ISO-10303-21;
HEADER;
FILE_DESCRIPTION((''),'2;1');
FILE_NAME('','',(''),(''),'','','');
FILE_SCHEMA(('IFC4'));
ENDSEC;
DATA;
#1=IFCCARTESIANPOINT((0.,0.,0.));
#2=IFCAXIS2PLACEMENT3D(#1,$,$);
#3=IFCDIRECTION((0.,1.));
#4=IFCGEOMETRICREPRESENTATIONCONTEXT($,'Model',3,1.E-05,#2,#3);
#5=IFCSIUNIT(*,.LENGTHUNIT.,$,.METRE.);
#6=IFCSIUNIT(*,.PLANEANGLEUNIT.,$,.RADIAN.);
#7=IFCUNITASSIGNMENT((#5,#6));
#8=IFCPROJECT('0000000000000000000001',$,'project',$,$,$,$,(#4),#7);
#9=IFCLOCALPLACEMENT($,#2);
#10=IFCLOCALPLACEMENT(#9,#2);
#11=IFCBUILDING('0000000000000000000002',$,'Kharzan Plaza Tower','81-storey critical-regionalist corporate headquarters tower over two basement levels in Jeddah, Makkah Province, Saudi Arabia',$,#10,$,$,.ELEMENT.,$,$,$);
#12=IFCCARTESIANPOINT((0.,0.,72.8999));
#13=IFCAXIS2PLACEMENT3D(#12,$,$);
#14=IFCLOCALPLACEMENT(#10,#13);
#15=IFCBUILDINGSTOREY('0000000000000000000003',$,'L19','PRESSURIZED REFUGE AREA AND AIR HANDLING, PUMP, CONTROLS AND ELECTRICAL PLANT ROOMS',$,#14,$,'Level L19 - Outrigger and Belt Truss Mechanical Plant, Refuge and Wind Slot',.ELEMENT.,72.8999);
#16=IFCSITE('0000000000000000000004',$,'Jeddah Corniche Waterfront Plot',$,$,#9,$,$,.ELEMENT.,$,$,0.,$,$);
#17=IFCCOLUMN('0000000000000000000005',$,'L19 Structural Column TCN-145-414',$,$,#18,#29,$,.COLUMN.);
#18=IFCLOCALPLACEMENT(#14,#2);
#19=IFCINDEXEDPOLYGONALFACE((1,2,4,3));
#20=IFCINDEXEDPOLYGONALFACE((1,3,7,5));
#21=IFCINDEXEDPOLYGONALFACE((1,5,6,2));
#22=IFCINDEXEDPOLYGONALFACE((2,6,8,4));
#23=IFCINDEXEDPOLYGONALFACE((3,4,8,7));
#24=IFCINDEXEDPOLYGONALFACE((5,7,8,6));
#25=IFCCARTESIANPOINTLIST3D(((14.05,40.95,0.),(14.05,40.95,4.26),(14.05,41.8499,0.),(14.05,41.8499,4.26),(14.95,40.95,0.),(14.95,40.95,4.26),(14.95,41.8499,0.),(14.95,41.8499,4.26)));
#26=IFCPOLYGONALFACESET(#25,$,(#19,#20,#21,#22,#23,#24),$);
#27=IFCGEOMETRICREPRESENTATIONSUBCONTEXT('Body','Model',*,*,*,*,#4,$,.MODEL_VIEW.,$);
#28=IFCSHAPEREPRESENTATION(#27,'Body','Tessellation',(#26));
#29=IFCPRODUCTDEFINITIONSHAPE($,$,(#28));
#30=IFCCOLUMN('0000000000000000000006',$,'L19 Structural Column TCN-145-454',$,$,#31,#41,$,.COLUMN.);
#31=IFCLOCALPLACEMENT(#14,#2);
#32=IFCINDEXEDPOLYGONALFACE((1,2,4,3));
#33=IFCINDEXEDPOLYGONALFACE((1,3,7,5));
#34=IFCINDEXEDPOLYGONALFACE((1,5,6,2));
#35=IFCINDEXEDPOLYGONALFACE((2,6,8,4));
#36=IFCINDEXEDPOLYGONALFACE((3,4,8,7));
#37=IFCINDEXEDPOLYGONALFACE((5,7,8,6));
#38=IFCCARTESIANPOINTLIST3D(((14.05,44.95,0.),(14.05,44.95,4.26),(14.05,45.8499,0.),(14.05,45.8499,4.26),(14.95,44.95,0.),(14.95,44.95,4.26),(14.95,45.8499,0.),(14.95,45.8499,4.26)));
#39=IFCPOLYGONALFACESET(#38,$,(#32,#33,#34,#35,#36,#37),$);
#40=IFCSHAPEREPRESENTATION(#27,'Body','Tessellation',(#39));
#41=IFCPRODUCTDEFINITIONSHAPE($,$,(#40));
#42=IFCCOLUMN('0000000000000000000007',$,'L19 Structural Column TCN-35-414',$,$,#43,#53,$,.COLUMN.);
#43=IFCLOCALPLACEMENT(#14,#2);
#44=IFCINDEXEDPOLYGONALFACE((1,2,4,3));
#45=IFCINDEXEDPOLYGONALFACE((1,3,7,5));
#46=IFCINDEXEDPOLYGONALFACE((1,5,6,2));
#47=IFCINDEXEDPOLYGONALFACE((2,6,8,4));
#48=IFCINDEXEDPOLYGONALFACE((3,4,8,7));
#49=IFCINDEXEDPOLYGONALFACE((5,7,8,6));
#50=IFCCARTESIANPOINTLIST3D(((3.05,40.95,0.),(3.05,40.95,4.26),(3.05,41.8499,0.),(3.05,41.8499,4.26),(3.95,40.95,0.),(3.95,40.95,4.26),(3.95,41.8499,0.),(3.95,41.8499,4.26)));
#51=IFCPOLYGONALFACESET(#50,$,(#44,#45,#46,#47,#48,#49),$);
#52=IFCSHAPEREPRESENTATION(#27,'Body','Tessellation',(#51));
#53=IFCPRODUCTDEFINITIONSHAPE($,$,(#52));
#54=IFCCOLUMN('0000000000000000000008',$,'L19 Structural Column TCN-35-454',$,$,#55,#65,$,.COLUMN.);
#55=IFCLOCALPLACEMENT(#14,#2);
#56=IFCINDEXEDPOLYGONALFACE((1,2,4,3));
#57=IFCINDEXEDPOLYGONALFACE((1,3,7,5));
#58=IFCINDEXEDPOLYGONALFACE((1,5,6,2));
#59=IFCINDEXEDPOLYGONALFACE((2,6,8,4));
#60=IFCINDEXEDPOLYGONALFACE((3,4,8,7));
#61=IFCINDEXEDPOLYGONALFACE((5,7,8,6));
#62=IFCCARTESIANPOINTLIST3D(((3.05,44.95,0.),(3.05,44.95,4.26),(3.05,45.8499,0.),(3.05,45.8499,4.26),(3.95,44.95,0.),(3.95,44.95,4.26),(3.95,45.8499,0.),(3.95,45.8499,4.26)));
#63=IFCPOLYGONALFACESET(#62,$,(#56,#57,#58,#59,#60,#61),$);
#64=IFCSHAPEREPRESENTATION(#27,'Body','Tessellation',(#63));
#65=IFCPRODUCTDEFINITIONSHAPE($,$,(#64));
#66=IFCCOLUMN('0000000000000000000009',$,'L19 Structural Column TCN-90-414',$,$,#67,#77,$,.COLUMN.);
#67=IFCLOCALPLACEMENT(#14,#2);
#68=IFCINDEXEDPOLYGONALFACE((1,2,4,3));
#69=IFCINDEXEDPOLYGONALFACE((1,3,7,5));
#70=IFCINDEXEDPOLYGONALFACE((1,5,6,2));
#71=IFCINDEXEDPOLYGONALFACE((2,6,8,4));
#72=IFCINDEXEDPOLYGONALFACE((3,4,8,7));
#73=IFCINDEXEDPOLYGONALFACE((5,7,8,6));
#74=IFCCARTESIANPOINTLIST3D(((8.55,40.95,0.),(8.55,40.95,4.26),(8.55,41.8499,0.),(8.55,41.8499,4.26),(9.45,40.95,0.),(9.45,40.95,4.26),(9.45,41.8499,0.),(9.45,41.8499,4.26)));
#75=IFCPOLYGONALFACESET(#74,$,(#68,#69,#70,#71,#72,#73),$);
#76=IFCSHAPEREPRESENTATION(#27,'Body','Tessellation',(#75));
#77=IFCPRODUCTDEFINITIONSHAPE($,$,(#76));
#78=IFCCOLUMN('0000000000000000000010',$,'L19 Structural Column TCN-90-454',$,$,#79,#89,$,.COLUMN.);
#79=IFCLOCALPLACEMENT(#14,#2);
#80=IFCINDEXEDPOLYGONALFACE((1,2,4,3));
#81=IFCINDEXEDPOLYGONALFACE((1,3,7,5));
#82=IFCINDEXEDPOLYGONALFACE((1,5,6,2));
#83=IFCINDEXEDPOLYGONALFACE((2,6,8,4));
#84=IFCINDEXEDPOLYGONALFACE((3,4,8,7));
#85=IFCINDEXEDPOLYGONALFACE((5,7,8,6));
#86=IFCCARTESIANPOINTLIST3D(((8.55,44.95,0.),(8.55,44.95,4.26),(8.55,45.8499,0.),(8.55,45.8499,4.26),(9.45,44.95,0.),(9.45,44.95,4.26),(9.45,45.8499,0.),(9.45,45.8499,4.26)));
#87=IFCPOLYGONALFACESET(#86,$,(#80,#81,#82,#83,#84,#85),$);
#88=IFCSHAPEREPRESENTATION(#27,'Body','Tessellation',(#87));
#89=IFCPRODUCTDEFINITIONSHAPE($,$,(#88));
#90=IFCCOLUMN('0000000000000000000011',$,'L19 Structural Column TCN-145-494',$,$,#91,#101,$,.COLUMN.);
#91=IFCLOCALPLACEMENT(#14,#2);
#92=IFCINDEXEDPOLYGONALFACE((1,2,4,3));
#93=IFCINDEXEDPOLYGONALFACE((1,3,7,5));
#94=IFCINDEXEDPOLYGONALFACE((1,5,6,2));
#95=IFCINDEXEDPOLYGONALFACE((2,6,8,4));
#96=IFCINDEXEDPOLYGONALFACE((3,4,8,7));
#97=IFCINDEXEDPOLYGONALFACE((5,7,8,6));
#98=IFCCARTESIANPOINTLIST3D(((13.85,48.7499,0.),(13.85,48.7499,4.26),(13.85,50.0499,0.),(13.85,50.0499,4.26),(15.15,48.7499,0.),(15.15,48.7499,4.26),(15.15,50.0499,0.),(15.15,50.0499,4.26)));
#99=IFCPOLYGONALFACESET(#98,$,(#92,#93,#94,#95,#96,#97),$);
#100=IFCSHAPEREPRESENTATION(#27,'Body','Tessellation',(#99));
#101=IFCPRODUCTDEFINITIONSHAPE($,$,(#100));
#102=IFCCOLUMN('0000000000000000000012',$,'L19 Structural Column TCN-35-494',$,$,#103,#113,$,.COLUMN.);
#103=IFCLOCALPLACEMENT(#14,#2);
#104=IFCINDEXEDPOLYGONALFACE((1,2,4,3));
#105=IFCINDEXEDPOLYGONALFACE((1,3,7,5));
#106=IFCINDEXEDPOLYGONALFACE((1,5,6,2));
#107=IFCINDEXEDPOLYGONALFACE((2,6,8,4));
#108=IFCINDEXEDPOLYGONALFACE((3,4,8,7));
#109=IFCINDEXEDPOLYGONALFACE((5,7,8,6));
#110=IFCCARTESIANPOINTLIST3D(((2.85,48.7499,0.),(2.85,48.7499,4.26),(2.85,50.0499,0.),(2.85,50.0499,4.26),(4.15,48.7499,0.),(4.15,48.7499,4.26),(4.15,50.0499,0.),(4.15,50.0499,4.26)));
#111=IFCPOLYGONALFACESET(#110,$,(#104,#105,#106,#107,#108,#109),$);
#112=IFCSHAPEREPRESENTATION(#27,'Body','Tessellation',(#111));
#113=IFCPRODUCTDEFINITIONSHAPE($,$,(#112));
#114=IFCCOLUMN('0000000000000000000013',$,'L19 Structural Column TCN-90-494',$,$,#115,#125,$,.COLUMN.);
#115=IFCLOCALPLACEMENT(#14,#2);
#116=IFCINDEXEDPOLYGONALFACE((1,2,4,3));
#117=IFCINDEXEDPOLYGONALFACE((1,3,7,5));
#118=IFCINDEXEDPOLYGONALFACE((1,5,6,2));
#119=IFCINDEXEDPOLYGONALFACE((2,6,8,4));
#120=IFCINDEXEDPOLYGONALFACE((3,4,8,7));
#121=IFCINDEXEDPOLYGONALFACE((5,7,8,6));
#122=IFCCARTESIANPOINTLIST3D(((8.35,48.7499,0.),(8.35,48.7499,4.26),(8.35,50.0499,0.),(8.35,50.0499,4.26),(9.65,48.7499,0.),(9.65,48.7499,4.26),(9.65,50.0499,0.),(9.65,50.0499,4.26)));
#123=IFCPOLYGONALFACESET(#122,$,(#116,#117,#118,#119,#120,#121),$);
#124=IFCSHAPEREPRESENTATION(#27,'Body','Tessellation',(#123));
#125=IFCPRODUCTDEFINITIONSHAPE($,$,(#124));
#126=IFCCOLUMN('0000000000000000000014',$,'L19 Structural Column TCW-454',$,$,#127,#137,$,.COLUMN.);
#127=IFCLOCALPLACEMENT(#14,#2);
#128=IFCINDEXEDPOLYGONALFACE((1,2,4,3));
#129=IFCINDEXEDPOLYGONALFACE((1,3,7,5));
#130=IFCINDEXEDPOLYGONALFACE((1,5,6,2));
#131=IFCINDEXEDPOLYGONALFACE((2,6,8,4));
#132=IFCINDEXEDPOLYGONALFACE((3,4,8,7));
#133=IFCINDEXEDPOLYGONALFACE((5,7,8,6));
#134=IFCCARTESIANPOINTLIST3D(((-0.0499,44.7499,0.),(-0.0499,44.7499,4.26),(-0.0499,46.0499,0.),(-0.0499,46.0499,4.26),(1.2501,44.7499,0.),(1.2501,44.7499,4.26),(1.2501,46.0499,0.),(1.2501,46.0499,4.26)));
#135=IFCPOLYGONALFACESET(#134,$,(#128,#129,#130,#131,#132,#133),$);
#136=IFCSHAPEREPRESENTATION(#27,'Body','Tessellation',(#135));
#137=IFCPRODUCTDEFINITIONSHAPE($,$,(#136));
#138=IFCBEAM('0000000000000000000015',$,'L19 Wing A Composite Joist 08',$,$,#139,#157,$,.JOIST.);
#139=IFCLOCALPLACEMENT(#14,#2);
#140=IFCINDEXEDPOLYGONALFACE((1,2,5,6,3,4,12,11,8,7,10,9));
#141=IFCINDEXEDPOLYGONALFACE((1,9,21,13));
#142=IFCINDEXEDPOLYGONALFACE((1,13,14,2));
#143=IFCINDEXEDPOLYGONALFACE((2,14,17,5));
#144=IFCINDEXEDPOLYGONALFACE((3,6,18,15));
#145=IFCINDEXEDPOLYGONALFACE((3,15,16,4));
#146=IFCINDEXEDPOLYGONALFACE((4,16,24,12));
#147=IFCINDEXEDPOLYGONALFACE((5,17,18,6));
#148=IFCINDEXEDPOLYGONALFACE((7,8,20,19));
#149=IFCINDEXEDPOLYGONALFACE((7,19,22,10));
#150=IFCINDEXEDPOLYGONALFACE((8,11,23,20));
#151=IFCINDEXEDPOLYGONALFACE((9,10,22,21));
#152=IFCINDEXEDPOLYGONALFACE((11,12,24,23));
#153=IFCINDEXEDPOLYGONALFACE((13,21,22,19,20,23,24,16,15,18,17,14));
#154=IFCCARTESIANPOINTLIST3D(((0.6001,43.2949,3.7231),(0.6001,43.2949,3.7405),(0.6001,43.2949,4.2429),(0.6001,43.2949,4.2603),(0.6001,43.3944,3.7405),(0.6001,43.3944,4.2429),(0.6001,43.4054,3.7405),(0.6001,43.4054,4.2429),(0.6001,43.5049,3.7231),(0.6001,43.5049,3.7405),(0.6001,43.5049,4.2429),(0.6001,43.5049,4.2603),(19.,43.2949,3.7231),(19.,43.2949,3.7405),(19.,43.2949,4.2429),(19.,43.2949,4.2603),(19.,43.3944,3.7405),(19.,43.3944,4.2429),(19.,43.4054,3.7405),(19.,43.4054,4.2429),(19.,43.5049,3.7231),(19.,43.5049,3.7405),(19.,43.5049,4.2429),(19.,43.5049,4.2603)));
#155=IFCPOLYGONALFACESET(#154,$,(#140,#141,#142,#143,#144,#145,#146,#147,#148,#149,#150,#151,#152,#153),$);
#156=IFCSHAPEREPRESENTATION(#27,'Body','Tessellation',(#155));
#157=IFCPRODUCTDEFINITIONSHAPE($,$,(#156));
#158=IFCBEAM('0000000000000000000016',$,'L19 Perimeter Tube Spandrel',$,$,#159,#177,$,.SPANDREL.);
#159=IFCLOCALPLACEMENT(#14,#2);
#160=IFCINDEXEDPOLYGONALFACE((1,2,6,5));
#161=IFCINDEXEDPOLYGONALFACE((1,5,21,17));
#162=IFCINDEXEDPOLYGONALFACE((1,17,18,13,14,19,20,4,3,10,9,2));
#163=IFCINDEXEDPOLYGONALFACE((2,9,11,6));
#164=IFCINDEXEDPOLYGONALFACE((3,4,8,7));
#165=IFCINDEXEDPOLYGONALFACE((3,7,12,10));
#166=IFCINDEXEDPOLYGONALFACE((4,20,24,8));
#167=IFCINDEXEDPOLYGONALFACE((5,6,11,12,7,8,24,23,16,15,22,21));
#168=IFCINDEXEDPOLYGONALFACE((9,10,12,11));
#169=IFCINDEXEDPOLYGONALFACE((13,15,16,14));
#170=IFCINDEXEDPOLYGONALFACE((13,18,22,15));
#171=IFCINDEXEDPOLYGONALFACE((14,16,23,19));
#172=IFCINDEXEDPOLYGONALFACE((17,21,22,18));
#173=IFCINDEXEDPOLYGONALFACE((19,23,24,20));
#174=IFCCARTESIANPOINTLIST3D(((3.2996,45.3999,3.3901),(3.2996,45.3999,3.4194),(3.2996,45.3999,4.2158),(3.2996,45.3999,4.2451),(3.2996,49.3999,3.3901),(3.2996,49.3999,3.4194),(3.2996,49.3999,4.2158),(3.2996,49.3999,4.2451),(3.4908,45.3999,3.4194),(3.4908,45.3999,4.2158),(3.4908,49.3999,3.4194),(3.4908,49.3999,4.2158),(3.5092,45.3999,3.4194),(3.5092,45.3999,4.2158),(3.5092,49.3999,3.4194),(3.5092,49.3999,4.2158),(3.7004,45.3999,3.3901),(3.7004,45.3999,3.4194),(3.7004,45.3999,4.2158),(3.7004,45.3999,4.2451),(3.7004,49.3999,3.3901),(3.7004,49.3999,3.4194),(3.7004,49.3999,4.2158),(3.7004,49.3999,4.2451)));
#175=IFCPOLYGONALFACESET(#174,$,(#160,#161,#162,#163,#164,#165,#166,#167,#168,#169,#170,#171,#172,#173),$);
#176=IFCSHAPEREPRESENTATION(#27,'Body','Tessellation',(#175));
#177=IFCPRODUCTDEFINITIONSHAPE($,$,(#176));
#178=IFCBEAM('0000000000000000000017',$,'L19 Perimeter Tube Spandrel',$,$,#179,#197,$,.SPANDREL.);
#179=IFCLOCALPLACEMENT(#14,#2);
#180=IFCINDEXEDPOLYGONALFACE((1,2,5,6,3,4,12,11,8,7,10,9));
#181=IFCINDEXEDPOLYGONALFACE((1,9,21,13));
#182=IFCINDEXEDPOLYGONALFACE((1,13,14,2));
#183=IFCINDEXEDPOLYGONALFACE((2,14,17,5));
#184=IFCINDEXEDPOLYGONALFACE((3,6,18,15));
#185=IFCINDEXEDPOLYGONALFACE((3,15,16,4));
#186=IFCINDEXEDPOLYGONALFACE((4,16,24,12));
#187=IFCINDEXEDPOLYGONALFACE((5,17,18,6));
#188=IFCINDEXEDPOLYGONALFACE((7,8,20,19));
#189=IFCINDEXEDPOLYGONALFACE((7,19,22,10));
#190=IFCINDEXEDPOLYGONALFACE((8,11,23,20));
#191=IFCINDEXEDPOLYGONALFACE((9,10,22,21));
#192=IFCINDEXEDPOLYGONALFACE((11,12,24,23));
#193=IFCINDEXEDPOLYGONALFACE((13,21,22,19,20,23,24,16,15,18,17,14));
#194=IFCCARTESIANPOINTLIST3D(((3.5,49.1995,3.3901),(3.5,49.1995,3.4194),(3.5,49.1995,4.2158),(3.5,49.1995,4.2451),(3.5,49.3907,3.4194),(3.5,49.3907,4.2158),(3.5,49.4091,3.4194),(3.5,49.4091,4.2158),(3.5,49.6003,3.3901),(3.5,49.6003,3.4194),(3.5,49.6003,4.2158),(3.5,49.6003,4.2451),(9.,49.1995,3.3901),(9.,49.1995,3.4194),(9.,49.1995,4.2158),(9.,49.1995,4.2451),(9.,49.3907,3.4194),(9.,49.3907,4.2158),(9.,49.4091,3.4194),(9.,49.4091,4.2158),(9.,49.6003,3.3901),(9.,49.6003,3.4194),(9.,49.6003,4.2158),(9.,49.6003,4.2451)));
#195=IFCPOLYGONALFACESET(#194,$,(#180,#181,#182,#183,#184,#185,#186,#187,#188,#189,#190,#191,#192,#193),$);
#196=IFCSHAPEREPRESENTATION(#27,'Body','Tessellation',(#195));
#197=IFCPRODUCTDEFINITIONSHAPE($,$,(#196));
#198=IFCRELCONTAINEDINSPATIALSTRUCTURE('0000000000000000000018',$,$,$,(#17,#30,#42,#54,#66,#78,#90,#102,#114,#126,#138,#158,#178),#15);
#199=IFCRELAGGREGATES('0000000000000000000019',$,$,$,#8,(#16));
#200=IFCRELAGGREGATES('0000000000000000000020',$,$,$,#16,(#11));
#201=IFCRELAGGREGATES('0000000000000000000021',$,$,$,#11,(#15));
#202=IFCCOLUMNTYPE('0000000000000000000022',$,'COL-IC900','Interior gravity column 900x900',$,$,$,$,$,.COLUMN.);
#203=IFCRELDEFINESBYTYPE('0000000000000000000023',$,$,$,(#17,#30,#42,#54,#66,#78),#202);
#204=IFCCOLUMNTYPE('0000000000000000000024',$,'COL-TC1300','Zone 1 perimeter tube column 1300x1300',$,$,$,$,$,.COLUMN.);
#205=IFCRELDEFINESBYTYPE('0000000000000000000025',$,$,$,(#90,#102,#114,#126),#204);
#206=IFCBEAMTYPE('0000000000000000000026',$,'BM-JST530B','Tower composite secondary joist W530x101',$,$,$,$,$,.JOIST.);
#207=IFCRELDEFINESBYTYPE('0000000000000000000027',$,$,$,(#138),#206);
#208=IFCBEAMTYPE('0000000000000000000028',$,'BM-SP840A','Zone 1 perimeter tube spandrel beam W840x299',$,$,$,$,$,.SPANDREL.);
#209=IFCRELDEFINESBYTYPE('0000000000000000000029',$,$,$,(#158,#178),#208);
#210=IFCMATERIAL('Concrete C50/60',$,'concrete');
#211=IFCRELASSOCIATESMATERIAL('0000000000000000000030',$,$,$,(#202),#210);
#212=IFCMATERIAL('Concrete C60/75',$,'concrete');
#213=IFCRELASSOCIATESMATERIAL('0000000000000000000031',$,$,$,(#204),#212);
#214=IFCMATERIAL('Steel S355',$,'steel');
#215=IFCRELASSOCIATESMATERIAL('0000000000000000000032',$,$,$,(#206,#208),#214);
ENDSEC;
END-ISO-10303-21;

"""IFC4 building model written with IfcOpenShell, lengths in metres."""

from ifc_helpers import new_model, si_unit, direction, frame, origin, origin_2d, place, context, subcontext, project, spatial, rectangle, i_section, extrude, source, transform, mapped, material, material_profile, profile_set, type_object, element, save


model = new_model("IFC4")

# Units and contexts
model_context = context("Model", 3, precision=1e-05, world=origin(), true_north=direction((0.0, 1.0)))
body_context = subcontext(model_context, "Body", "Model", "MODEL_VIEW")
ifc_project = project(units=[si_unit("LENGTHUNIT", "METRE"), si_unit("PLANEANGLEUNIT", "RADIAN")], contexts=[model_context])

# Site, building, storey
site_placement = place(None, origin())
site = spatial("IfcSite", under=ifc_project, at=site_placement, Name="Jeddah Corniche Waterfront Plot", CompositionType="ELEMENT", RefElevation=0.0)
building_placement = place(site_placement, origin())
building = spatial("IfcBuilding", under=site, at=building_placement, Name="Kharzan Plaza Tower", Description="81-storey critical-regionalist corporate headquarters tower over two basement levels in Jeddah, Makkah Province, Saudi Arabia", CompositionType="ELEMENT")
storey_placement = place(building_placement, frame((0.0, 0.0, 72.8999)))
storey = spatial("IfcBuildingStorey", under=building, at=storey_placement, Name="L19", Description="PRESSURIZED REFUGE AREA AND AIR HANDLING, PUMP, CONTROLS AND ELECTRICAL PLANT ROOMS", LongName="Level L19 - Outrigger and Belt Truss Mechanical Plant, Refuge and Wind Slot", CompositionType="ELEMENT", Elevation=72.8999)

# Columns
ifc_material_1 = material(Name="Concrete C50/60", Category="concrete")
ifc_material_profile_1 = material_profile(ifc_material_1, rectangle(XDim=0.8999, YDim=0.8999, at=origin_2d()), Name="RC-IC900x900")
ifc_profile_set_1 = profile_set([ifc_material_profile_1], Name="Concrete C50/60")
column_type_1 = type_object("IfcColumnType", Name="COL-IC900", Description="Interior gravity column 900x900", PredefinedType="COLUMN", material=ifc_profile_set_1)
shared_shape_1 = source(origin(), body_context, "Body", "SweptSolid", [
    extrude(rectangle(XDim=0.8999, YDim=0.8999, at=origin_2d()), origin(), (0.0, 0.0, 1.0), 4.26),
])
for number, where, z_axis, x_axis, name in (
    (1, (14.5, 41.3999, 0.0), (0.0, 0.0, 1.0), (1.0, 0.0, 0.0), "L19 Structural Column TCN-145-414"),
    (2, (14.5, 45.3999, 0.0), (0.0, 0.0, 1.0), (1.0, 0.0, 0.0), "L19 Structural Column TCN-145-454"),
    (3, (3.5, 41.3999, 0.0), (0.0, 0.0, 1.0), (1.0, 0.0, 0.0), "L19 Structural Column TCN-35-414"),
    (4, (3.5, 45.3999, 0.0), (0.0, 0.0, 1.0), (1.0, 0.0, 0.0), "L19 Structural Column TCN-35-454"),
    (5, (9.0, 41.3999, 0.0), (0.0, 0.0, 1.0), (1.0, 0.0, 0.0), "L19 Structural Column TCN-90-414"),
    (6, (9.0, 45.3999, 0.0), (0.0, 0.0, 1.0), (1.0, 0.0, 0.0), "L19 Structural Column TCN-90-454"),
):
    element("IfcColumn", number, at=place(storey_placement, frame(where, z_axis=z_axis, x_axis=x_axis)), inside=storey, type_object=column_type_1, Name=name, PredefinedType="COLUMN", context=body_context, shape_type="MappedRepresentation", body=[
        mapped(shared_shape_1, transform((0.0, 0.0, 0.0), x_axis=(1.0, 0.0, 0.0), y_axis=(0.0, 1.0, 0.0), z_axis=(0.0, 0.0, 1.0))),
    ])
ifc_material_2 = material(Name="Concrete C60/75", Category="concrete")
ifc_material_profile_2 = material_profile(ifc_material_2, rectangle(XDim=1.3, YDim=1.3, at=origin_2d()), Name="RC-TC1300x1300")
ifc_profile_set_2 = profile_set([ifc_material_profile_2], Name="Concrete C60/75")
column_type_2 = type_object("IfcColumnType", Name="COL-TC1300", Description="Zone 1 perimeter tube column 1300x1300", PredefinedType="COLUMN", material=ifc_profile_set_2)
shared_shape_2 = source(origin(), body_context, "Body", "SweptSolid", [
    extrude(rectangle(XDim=1.3, YDim=1.3, at=origin_2d()), origin(), (0.0, 0.0, 1.0), 4.26),
])
for number, where, z_axis, x_axis, name in (
    (7, (14.5, 49.3999, 0.0), (0.0, 0.0, 1.0), (1.0, 0.0, 0.0), "L19 Structural Column TCN-145-494"),
    (8, (3.5, 49.3999, 0.0), (0.0, 0.0, 1.0), (1.0, 0.0, 0.0), "L19 Structural Column TCN-35-494"),
    (9, (9.0, 49.3999, 0.0), (0.0, 0.0, 1.0), (1.0, 0.0, 0.0), "L19 Structural Column TCN-90-494"),
    (10, (0.6001, 45.3999, 0.0), (0.0, 0.0, 1.0), (1.0, 0.0, 0.0), "L19 Structural Column TCW-454"),
):
    element("IfcColumn", number, at=place(storey_placement, frame(where, z_axis=z_axis, x_axis=x_axis)), inside=storey, type_object=column_type_2, Name=name, PredefinedType="COLUMN", context=body_context, shape_type="MappedRepresentation", body=[
        mapped(shared_shape_2, transform((0.0, 0.0, 0.0), x_axis=(1.0, 0.0, 0.0), y_axis=(0.0, 1.0, 0.0), z_axis=(0.0, 0.0, 1.0))),
    ])

# Beams
ifc_material_3 = material(Name="Steel S355", Category="steel")
ifc_material_profile_3 = material_profile(ifc_material_3, i_section(OverallWidth=0.21, OverallDepth=0.5371, WebThickness=0.011, FlangeThickness=0.0173, at=origin_2d()), Name="W530x101")
ifc_profile_set_3 = profile_set([ifc_material_profile_3], Name="Steel S355")
beam_type_1 = type_object("IfcBeamType", Name="BM-JST530B", Description="Tower composite secondary joist W530x101", PredefinedType="JOIST", material=ifc_profile_set_3)
shared_shape_3 = source(origin(), body_context, "Body", "SweptSolid", [
    extrude(i_section(OverallWidth=0.21, OverallDepth=0.5371, WebThickness=0.011, FlangeThickness=0.0173, at=origin_2d()), origin(), (0.0, 0.0, 1.0), 18.3999),
])
beam_1_placement = place(storey_placement, frame((0.6001, 43.3999, 3.9917), z_axis=(1.0, 0.0, 0.0), x_axis=(0.0, 1.0, 0.0)))
element("IfcBeam", 11, at=beam_1_placement, inside=storey, type_object=beam_type_1, Name="L19 Wing A Composite Joist 08", PredefinedType="JOIST", context=body_context, shape_type="MappedRepresentation", body=[
    mapped(shared_shape_3, transform((0.0, 0.0, 0.0), x_axis=(1.0, 0.0, 0.0), y_axis=(0.0, 1.0, 0.0), z_axis=(0.0, 0.0, 1.0))),
])
ifc_material_profile_4 = material_profile(ifc_material_3, i_section(OverallWidth=0.4009, OverallDepth=0.855, WebThickness=0.0183, FlangeThickness=0.0293, at=origin_2d()), Name="W840x299")
ifc_profile_set_4 = profile_set([ifc_material_profile_4], Name="Steel S355")
beam_type_2 = type_object("IfcBeamType", Name="BM-SP840A", Description="Zone 1 perimeter tube spandrel beam W840x299", PredefinedType="SPANDREL", material=ifc_profile_set_4)
shared_shape_4 = source(origin(), body_context, "Body", "SweptSolid", [
    extrude(i_section(OverallWidth=0.4009, OverallDepth=0.855, WebThickness=0.0183, FlangeThickness=0.0293, at=origin_2d()), origin(), (0.0, 0.0, 1.0), 4.0),
])
beam_2_placement = place(storey_placement, frame((3.5, 45.3999, 3.8176), z_axis=(0.0, 1.0, 0.0), x_axis=(-1.0, 0.0, 0.0)))
element("IfcBeam", 12, at=beam_2_placement, inside=storey, type_object=beam_type_2, Name="L19 Perimeter Tube Spandrel", PredefinedType="SPANDREL", context=body_context, shape_type="MappedRepresentation", body=[
    mapped(shared_shape_4, transform((0.0, 0.0, 0.0), x_axis=(1.0, 0.0, 0.0), y_axis=(0.0, 1.0, 0.0), z_axis=(0.0, 0.0, 1.0))),
])
shared_shape_5 = source(origin(), body_context, "Body", "SweptSolid", [
    extrude(i_section(OverallWidth=0.4009, OverallDepth=0.855, WebThickness=0.0183, FlangeThickness=0.0293, at=origin_2d()), origin(), (0.0, 0.0, 1.0), 5.5),
])
for number, where, z_axis, x_axis, name in (
    (13, (3.5, 49.3999, 3.8176), (1.0, 0.0, 0.0), (0.0, 1.0, 0.0), "L19 Perimeter Tube Spandrel"),
):
    element("IfcBeam", number, at=place(storey_placement, frame(where, z_axis=z_axis, x_axis=x_axis)), inside=storey, type_object=beam_type_2, Name=name, PredefinedType="SPANDREL", context=body_context, shape_type="MappedRepresentation", body=[
        mapped(shared_shape_5, transform((0.0, 0.0, 0.0), x_axis=(1.0, 0.0, 0.0), y_axis=(0.0, 1.0, 0.0), z_axis=(0.0, 0.0, 1.0))),
    ])

save(model, "model.ifc")
